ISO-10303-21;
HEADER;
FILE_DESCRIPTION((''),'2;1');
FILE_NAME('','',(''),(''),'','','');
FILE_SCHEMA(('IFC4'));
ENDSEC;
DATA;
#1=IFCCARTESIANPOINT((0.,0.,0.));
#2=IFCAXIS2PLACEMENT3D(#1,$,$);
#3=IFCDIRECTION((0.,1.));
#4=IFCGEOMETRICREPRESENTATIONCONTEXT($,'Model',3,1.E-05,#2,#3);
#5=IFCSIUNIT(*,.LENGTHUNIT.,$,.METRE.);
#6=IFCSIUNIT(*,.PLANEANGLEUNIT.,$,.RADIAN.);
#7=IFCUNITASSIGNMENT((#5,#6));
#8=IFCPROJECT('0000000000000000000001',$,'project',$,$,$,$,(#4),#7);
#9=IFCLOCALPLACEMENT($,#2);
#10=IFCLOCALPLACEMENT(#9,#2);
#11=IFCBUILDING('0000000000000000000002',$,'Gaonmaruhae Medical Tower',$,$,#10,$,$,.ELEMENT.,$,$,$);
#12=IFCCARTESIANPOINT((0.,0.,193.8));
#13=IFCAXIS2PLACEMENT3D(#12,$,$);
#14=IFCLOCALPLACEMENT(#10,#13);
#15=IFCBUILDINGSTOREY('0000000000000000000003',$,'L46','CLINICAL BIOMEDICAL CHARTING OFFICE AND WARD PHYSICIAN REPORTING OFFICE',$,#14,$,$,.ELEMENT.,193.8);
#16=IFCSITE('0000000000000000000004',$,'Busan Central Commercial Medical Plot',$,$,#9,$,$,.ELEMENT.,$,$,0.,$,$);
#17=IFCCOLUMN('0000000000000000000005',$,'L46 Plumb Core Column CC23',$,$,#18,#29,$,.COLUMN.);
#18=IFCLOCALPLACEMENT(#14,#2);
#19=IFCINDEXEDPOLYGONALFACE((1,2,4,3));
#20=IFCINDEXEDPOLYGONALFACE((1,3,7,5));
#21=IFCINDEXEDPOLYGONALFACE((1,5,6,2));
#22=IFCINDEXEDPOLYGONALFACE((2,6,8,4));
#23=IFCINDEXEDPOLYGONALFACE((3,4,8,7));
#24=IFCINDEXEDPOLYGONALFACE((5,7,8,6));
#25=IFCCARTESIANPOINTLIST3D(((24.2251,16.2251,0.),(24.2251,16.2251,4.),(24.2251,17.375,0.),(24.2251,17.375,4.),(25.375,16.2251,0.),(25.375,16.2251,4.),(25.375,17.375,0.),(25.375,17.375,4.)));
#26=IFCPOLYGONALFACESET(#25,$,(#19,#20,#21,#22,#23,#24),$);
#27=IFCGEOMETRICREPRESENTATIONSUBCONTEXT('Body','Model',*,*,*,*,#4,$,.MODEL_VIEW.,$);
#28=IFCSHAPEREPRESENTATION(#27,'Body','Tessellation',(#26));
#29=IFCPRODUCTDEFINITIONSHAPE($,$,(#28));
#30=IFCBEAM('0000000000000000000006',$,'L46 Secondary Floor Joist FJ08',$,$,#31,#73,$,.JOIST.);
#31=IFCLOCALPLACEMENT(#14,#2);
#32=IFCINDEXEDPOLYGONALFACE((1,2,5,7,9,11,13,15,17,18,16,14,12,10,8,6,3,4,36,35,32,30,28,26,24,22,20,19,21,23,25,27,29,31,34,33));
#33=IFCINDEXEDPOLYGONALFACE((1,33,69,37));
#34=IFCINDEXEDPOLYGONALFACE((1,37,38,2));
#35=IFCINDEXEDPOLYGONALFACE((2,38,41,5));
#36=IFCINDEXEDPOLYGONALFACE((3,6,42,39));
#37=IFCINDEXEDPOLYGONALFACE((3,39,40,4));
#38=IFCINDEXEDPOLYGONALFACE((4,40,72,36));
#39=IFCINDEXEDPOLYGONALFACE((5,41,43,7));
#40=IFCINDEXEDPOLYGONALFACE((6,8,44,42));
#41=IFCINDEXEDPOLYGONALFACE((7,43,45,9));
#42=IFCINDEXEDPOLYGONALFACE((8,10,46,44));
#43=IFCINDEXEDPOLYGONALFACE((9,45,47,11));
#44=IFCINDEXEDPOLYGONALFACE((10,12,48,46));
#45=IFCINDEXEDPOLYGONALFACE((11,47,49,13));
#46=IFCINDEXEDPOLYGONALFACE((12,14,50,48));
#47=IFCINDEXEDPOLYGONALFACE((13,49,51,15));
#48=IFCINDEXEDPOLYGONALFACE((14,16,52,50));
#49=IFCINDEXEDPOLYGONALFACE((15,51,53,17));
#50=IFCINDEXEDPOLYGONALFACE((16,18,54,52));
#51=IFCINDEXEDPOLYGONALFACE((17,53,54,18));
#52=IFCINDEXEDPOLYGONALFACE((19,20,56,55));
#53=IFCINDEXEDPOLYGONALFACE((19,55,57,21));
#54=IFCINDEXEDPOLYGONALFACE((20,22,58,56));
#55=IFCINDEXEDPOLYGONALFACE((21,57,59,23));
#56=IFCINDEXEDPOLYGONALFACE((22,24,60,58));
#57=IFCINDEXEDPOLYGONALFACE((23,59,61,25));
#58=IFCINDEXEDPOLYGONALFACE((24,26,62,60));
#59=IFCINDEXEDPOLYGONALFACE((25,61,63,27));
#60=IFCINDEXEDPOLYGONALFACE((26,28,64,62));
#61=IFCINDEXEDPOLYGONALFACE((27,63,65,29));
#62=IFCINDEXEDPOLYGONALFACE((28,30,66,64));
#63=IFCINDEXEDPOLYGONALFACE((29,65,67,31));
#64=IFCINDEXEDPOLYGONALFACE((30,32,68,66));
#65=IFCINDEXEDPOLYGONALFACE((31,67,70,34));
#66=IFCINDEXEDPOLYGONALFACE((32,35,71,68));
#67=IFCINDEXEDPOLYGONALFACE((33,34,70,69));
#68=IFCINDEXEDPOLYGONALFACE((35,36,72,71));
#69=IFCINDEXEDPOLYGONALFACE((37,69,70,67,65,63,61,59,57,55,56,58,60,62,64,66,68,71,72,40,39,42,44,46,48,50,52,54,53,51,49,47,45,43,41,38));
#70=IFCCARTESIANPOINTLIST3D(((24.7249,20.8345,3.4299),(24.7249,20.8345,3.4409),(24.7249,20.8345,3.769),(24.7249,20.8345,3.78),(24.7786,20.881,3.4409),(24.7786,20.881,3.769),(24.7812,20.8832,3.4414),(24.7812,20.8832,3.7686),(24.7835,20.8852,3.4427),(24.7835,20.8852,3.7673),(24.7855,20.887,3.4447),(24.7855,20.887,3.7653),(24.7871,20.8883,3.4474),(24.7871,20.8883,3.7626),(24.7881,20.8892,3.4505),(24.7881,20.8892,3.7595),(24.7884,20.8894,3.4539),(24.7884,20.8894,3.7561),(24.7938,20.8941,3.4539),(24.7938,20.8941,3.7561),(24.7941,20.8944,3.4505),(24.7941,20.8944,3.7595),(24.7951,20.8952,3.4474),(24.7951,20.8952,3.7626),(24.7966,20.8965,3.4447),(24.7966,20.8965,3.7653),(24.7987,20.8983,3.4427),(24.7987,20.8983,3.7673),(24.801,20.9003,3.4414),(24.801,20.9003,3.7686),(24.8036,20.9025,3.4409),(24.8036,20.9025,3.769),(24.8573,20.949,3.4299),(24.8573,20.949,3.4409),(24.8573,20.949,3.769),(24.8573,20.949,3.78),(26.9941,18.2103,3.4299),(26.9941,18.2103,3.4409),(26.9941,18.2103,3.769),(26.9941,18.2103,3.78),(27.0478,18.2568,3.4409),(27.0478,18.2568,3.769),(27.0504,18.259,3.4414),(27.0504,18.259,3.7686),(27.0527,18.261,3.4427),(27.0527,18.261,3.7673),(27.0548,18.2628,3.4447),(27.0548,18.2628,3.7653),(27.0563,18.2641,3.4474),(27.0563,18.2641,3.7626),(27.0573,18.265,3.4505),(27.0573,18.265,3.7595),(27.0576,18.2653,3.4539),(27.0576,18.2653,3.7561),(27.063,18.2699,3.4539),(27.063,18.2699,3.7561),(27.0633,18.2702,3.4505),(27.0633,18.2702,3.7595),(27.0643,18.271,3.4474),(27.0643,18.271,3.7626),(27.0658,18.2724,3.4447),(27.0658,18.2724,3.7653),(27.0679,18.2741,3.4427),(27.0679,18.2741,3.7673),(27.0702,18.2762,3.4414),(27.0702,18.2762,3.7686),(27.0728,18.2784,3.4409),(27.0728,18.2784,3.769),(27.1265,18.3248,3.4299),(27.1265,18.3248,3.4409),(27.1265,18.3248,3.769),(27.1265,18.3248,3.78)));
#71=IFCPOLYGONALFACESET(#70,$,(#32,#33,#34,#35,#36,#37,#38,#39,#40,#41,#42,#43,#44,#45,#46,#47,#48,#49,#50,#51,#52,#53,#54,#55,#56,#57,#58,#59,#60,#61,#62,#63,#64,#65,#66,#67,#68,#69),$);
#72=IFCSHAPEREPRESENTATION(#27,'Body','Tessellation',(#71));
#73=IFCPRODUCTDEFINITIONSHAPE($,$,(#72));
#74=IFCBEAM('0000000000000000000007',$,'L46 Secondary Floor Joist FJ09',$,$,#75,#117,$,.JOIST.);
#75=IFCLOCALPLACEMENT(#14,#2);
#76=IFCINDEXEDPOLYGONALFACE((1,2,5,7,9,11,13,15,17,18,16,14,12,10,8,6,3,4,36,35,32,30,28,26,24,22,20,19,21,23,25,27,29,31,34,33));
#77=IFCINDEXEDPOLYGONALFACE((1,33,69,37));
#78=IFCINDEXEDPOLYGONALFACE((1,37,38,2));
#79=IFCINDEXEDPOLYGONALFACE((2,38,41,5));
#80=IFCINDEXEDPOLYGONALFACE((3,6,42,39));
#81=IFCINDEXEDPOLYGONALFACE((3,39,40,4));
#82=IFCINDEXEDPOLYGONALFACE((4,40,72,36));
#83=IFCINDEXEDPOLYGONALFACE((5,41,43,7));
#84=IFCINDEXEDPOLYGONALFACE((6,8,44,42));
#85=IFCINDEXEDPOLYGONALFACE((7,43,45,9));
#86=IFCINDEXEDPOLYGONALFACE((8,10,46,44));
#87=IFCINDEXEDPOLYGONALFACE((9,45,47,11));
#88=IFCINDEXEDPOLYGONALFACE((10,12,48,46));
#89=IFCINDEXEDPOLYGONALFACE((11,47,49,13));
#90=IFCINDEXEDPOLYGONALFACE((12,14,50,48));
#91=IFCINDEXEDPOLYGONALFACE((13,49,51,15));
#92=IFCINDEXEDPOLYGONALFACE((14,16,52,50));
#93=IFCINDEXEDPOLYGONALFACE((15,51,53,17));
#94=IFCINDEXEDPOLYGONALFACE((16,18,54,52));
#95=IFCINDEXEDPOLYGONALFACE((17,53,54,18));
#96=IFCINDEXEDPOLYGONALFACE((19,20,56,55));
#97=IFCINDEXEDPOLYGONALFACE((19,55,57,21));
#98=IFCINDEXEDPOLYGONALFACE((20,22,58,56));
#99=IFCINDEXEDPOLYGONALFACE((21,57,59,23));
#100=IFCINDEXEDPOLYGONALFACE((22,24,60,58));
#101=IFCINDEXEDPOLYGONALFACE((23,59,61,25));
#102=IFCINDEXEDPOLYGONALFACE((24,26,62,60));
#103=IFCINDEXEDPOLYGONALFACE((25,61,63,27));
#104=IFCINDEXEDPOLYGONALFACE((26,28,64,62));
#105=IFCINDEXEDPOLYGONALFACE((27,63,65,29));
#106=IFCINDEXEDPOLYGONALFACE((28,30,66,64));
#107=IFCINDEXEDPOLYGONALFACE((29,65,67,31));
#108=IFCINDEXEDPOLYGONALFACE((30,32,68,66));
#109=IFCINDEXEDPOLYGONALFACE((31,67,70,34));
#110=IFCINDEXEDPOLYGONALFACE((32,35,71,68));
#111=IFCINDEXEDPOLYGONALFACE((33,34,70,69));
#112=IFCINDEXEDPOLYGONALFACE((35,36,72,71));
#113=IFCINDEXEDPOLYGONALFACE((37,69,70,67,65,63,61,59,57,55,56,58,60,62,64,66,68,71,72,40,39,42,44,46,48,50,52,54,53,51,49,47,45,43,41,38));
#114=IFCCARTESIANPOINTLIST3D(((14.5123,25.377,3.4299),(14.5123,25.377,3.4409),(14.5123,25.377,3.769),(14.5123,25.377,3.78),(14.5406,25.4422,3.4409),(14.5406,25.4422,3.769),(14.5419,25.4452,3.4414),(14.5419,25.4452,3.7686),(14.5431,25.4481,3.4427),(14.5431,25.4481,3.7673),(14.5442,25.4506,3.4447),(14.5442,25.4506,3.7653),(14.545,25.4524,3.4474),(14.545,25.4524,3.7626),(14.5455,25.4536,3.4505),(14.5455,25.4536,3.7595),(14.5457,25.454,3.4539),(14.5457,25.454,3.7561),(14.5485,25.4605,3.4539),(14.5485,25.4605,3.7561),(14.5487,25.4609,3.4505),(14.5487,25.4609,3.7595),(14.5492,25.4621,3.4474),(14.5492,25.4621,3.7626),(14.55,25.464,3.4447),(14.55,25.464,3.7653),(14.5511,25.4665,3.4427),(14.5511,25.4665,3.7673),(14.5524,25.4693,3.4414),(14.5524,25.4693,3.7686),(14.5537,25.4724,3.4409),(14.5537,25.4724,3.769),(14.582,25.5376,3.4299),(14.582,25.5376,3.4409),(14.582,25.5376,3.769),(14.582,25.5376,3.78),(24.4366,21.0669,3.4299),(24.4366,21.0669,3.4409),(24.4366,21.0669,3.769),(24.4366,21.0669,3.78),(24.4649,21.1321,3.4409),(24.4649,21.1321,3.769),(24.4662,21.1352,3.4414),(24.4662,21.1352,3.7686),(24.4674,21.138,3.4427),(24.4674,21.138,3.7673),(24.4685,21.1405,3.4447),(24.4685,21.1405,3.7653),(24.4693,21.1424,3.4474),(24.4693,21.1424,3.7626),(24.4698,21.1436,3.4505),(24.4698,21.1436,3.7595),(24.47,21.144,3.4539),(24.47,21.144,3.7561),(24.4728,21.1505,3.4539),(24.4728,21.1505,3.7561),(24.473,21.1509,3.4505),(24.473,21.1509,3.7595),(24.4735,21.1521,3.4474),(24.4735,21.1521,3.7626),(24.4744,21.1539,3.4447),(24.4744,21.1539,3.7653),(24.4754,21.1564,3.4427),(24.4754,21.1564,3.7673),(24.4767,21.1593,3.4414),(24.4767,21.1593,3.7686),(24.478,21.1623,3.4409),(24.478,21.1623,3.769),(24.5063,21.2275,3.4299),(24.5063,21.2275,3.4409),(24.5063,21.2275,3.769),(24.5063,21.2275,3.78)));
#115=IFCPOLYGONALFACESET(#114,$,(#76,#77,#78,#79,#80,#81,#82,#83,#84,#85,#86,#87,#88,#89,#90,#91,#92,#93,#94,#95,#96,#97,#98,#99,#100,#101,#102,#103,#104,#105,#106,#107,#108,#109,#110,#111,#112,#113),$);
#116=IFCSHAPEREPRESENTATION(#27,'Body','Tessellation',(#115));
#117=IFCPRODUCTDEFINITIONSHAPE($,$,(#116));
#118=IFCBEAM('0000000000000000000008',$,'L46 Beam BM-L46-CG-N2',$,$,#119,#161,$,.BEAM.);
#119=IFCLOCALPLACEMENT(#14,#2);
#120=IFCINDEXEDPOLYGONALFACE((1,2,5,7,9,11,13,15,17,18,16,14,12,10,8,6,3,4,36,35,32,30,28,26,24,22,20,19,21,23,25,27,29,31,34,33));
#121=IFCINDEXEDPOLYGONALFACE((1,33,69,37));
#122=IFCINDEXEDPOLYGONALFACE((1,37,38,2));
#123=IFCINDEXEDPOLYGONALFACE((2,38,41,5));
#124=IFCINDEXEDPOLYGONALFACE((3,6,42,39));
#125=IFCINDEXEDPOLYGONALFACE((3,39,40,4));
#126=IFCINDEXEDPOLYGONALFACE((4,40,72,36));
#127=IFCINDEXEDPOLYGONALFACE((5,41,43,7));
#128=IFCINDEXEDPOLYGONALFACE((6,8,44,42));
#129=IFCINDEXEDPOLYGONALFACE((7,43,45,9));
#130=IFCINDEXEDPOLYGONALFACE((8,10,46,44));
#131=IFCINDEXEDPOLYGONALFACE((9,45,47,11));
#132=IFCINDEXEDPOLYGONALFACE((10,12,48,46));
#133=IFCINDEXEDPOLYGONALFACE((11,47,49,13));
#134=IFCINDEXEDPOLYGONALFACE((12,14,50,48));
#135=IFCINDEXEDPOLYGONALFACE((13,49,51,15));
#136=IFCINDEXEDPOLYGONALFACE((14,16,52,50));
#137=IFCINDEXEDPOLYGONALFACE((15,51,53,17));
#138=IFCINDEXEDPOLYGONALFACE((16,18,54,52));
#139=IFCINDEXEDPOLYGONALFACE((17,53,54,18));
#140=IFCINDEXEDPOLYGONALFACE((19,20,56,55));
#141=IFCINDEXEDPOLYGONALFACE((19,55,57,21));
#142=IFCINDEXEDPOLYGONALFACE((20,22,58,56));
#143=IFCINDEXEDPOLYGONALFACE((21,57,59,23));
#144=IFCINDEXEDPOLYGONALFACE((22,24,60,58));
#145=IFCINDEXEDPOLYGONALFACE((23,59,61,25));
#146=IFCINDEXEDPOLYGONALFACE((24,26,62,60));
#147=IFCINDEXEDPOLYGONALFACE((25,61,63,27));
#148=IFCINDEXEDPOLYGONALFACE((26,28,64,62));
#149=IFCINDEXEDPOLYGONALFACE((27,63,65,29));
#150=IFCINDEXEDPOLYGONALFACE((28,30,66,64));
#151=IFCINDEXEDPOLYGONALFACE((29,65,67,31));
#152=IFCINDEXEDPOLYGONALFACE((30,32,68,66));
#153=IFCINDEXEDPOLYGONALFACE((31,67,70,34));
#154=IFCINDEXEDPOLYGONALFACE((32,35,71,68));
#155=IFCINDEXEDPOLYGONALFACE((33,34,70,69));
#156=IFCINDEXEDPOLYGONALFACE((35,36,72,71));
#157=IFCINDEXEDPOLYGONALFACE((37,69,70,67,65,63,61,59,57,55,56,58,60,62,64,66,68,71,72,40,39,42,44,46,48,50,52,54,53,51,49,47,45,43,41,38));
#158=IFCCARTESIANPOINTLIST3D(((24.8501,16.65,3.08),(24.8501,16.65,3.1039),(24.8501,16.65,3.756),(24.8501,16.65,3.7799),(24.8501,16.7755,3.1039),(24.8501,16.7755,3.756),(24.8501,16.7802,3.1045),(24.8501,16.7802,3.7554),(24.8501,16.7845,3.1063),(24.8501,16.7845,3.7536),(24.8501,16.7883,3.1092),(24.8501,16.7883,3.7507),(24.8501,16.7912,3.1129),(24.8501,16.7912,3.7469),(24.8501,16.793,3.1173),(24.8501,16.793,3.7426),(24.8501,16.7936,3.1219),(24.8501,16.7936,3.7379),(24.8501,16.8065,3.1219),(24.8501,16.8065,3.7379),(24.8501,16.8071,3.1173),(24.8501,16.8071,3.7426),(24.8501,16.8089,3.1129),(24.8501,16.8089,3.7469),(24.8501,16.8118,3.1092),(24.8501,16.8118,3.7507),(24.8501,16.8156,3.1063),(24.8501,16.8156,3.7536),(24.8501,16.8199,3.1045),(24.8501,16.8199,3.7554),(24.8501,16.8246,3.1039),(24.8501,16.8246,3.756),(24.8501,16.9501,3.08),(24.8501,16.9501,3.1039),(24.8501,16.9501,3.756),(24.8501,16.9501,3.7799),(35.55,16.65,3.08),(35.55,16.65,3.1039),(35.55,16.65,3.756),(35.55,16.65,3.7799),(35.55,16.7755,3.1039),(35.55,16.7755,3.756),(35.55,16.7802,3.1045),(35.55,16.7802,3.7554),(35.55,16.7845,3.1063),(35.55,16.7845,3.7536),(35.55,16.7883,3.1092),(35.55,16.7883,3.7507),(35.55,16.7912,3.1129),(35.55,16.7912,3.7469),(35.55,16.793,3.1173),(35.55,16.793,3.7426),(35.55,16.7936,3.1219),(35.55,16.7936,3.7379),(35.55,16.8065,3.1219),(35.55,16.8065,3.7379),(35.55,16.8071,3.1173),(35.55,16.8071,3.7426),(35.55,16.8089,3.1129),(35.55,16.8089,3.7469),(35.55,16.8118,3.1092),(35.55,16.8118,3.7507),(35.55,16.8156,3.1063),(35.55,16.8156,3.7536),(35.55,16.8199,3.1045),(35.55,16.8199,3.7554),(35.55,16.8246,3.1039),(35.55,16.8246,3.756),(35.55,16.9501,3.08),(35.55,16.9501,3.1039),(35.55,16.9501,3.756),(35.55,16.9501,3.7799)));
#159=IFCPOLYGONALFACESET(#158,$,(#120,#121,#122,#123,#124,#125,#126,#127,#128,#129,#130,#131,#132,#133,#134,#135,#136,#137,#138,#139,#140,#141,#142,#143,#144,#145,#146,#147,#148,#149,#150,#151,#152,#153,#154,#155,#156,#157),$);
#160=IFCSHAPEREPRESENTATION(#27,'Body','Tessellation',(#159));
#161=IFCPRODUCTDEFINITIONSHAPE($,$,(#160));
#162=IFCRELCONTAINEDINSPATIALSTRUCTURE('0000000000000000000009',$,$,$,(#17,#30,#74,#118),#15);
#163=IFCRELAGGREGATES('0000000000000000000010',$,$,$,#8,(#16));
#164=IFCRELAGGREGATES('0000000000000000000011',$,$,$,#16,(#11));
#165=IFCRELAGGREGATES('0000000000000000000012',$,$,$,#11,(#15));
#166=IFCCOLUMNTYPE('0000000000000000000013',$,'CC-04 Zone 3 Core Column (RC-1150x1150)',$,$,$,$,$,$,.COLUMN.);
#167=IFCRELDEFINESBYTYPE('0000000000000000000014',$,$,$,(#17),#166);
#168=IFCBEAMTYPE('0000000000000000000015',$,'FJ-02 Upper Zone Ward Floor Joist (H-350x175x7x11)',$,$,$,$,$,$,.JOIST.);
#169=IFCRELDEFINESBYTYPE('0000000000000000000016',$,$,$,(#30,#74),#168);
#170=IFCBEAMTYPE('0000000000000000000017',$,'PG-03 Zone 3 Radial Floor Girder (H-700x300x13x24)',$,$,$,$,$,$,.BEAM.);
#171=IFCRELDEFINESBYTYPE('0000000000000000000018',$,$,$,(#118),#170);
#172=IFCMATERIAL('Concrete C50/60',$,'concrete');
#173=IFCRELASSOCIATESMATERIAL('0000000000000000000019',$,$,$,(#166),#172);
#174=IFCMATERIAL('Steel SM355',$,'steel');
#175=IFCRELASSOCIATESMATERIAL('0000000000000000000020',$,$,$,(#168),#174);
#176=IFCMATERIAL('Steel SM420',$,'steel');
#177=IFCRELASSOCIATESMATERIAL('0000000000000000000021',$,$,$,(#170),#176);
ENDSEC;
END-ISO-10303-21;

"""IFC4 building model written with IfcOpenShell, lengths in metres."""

from ifc_helpers import new_model, si_unit, direction, frame, origin, origin_2d, place, context, subcontext, project, spatial, rectangle, i_section, extrude, material, material_profile, profile_set, type_object, element, save


model = new_model("IFC4")

# Units and contexts
model_context = context("Model", 3, precision=1e-05, world=origin(), true_north=direction((0.0, 1.0)))
body_context = subcontext(model_context, "Body", "Model", "MODEL_VIEW")
ifc_project = project(units=[si_unit("LENGTHUNIT", "METRE"), si_unit("PLANEANGLEUNIT", "RADIAN")], contexts=[model_context])

# Site, building, storey
site_placement = place(None, origin())
site = spatial("IfcSite", under=ifc_project, at=site_placement, Name="Busan Central Commercial Medical Plot", CompositionType="ELEMENT", RefElevation=0.0)
building_placement = place(site_placement, origin())
building = spatial("IfcBuilding", under=site, at=building_placement, Name="Gaonmaruhae Medical Tower", CompositionType="ELEMENT")
storey_placement = place(building_placement, frame((0.0, 0.0, 193.8)))
storey = spatial("IfcBuildingStorey", under=building, at=storey_placement, Name="L46", Description="CLINICAL BIOMEDICAL CHARTING OFFICE AND WARD PHYSICIAN REPORTING OFFICE", CompositionType="ELEMENT", Elevation=193.8)

# Column
ifc_material_1 = material(Name="Concrete C50/60", Category="concrete")
ifc_material_profile_1 = material_profile(ifc_material_1, rectangle(XDim=1.1499, YDim=1.1499, at=origin_2d()), Name="RC-1150x1150")
ifc_profile_set_1 = profile_set([ifc_material_profile_1], Name="Concrete C50/60")
column_type = type_object("IfcColumnType", Name="CC-04 Zone 3 Core Column (RC-1150x1150)", PredefinedType="COLUMN", material=ifc_profile_set_1)
column_placement = place(storey_placement, frame((24.8, 16.8, 0.0), z_axis=(0.0, 0.0, 1.0), x_axis=(1.0, 0.0, 0.0)))
element("IfcColumn", 1, at=column_placement, inside=storey, type_object=column_type, Name="L46 Plumb Core Column CC23", PredefinedType="COLUMN", context=body_context, shape_type="SweptSolid", body=[
    extrude(rectangle(XDim=1.1499, YDim=1.1499, at=origin_2d()), origin(), (0.0, 0.0, 1.0), 4.0),
])

# Beams
ifc_material_2 = material(Name="Steel SM355", Category="steel")
ifc_material_profile_2 = material_profile(ifc_material_2, i_section(OverallWidth=0.175, OverallDepth=0.3501, WebThickness=0.0071, FlangeThickness=0.011, FilletRadius=0.0129, at=origin_2d()), Name="H-350x175x7x11")
ifc_profile_set_2 = profile_set([ifc_material_profile_2], Name="Steel SM355")
beam_type_1 = type_object("IfcBeamType", Name="FJ-02 Upper Zone Ward Floor Joist (H-350x175x7x11)", PredefinedType="JOIST", material=ifc_profile_set_2)
beam_1_placement = place(storey_placement, frame((27.0603, 18.2676, 3.605), z_axis=(-0.654094, 0.756413, 0.0), x_axis=(-0.756413, -0.654094, 0.0)))
element("IfcBeam", 2, at=beam_1_placement, inside=storey, type_object=beam_type_1, Name="L46 Secondary Floor Joist FJ08", PredefinedType="JOIST", context=body_context, shape_type="SweptSolid", body=[
    extrude(i_section(OverallWidth=0.175, OverallDepth=0.3501, WebThickness=0.0071, FlangeThickness=0.011, FilletRadius=0.0129, at=origin_2d()), origin(), (0.0, 0.0, 1.0), 3.4692),
])
beam_2_placement = place(storey_placement, frame((24.4714, 21.1472, 3.605), z_axis=(-0.917234, 0.398348, 0.0), x_axis=(-0.398348, -0.917234, 0.0)))
element("IfcBeam", 3, at=beam_2_placement, inside=storey, type_object=beam_type_1, Name="L46 Secondary Floor Joist FJ09", PredefinedType="JOIST", context=body_context, shape_type="SweptSolid", body=[
    extrude(i_section(OverallWidth=0.175, OverallDepth=0.3501, WebThickness=0.0071, FlangeThickness=0.011, FilletRadius=0.0129, at=origin_2d()), origin(), (0.0, 0.0, 1.0), 10.8198),
])
ifc_material_3 = material(Name="Steel SM420", Category="steel")
ifc_material_profile_3 = material_profile(ifc_material_3, i_section(OverallWidth=0.3, OverallDepth=0.7, WebThickness=0.0129, FlangeThickness=0.0239, FilletRadius=0.0181, at=origin_2d()), Name="H-700x300x13x24")
ifc_profile_set_3 = profile_set([ifc_material_profile_3], Name="Steel SM420")
beam_type_2 = type_object("IfcBeamType", Name="PG-03 Zone 3 Radial Floor Girder (H-700x300x13x24)", PredefinedType="BEAM", material=ifc_profile_set_3)
beam_3_placement = place(storey_placement, frame((24.8501, 16.8, 3.4299), z_axis=(1.0, 0.0, 0.0), x_axis=(0.0, 1.0, 0.0)))
element("IfcBeam", 4, at=beam_3_placement, inside=storey, type_object=beam_type_2, Name="L46 Beam BM-L46-CG-N2", PredefinedType="BEAM", context=body_context, shape_type="SweptSolid", body=[
    extrude(i_section(OverallWidth=0.3, OverallDepth=0.7, WebThickness=0.0129, FlangeThickness=0.0239, FilletRadius=0.0181, at=origin_2d()), origin(), (0.0, 0.0, 1.0), 10.7),
])

save(model, "model.ifc")
